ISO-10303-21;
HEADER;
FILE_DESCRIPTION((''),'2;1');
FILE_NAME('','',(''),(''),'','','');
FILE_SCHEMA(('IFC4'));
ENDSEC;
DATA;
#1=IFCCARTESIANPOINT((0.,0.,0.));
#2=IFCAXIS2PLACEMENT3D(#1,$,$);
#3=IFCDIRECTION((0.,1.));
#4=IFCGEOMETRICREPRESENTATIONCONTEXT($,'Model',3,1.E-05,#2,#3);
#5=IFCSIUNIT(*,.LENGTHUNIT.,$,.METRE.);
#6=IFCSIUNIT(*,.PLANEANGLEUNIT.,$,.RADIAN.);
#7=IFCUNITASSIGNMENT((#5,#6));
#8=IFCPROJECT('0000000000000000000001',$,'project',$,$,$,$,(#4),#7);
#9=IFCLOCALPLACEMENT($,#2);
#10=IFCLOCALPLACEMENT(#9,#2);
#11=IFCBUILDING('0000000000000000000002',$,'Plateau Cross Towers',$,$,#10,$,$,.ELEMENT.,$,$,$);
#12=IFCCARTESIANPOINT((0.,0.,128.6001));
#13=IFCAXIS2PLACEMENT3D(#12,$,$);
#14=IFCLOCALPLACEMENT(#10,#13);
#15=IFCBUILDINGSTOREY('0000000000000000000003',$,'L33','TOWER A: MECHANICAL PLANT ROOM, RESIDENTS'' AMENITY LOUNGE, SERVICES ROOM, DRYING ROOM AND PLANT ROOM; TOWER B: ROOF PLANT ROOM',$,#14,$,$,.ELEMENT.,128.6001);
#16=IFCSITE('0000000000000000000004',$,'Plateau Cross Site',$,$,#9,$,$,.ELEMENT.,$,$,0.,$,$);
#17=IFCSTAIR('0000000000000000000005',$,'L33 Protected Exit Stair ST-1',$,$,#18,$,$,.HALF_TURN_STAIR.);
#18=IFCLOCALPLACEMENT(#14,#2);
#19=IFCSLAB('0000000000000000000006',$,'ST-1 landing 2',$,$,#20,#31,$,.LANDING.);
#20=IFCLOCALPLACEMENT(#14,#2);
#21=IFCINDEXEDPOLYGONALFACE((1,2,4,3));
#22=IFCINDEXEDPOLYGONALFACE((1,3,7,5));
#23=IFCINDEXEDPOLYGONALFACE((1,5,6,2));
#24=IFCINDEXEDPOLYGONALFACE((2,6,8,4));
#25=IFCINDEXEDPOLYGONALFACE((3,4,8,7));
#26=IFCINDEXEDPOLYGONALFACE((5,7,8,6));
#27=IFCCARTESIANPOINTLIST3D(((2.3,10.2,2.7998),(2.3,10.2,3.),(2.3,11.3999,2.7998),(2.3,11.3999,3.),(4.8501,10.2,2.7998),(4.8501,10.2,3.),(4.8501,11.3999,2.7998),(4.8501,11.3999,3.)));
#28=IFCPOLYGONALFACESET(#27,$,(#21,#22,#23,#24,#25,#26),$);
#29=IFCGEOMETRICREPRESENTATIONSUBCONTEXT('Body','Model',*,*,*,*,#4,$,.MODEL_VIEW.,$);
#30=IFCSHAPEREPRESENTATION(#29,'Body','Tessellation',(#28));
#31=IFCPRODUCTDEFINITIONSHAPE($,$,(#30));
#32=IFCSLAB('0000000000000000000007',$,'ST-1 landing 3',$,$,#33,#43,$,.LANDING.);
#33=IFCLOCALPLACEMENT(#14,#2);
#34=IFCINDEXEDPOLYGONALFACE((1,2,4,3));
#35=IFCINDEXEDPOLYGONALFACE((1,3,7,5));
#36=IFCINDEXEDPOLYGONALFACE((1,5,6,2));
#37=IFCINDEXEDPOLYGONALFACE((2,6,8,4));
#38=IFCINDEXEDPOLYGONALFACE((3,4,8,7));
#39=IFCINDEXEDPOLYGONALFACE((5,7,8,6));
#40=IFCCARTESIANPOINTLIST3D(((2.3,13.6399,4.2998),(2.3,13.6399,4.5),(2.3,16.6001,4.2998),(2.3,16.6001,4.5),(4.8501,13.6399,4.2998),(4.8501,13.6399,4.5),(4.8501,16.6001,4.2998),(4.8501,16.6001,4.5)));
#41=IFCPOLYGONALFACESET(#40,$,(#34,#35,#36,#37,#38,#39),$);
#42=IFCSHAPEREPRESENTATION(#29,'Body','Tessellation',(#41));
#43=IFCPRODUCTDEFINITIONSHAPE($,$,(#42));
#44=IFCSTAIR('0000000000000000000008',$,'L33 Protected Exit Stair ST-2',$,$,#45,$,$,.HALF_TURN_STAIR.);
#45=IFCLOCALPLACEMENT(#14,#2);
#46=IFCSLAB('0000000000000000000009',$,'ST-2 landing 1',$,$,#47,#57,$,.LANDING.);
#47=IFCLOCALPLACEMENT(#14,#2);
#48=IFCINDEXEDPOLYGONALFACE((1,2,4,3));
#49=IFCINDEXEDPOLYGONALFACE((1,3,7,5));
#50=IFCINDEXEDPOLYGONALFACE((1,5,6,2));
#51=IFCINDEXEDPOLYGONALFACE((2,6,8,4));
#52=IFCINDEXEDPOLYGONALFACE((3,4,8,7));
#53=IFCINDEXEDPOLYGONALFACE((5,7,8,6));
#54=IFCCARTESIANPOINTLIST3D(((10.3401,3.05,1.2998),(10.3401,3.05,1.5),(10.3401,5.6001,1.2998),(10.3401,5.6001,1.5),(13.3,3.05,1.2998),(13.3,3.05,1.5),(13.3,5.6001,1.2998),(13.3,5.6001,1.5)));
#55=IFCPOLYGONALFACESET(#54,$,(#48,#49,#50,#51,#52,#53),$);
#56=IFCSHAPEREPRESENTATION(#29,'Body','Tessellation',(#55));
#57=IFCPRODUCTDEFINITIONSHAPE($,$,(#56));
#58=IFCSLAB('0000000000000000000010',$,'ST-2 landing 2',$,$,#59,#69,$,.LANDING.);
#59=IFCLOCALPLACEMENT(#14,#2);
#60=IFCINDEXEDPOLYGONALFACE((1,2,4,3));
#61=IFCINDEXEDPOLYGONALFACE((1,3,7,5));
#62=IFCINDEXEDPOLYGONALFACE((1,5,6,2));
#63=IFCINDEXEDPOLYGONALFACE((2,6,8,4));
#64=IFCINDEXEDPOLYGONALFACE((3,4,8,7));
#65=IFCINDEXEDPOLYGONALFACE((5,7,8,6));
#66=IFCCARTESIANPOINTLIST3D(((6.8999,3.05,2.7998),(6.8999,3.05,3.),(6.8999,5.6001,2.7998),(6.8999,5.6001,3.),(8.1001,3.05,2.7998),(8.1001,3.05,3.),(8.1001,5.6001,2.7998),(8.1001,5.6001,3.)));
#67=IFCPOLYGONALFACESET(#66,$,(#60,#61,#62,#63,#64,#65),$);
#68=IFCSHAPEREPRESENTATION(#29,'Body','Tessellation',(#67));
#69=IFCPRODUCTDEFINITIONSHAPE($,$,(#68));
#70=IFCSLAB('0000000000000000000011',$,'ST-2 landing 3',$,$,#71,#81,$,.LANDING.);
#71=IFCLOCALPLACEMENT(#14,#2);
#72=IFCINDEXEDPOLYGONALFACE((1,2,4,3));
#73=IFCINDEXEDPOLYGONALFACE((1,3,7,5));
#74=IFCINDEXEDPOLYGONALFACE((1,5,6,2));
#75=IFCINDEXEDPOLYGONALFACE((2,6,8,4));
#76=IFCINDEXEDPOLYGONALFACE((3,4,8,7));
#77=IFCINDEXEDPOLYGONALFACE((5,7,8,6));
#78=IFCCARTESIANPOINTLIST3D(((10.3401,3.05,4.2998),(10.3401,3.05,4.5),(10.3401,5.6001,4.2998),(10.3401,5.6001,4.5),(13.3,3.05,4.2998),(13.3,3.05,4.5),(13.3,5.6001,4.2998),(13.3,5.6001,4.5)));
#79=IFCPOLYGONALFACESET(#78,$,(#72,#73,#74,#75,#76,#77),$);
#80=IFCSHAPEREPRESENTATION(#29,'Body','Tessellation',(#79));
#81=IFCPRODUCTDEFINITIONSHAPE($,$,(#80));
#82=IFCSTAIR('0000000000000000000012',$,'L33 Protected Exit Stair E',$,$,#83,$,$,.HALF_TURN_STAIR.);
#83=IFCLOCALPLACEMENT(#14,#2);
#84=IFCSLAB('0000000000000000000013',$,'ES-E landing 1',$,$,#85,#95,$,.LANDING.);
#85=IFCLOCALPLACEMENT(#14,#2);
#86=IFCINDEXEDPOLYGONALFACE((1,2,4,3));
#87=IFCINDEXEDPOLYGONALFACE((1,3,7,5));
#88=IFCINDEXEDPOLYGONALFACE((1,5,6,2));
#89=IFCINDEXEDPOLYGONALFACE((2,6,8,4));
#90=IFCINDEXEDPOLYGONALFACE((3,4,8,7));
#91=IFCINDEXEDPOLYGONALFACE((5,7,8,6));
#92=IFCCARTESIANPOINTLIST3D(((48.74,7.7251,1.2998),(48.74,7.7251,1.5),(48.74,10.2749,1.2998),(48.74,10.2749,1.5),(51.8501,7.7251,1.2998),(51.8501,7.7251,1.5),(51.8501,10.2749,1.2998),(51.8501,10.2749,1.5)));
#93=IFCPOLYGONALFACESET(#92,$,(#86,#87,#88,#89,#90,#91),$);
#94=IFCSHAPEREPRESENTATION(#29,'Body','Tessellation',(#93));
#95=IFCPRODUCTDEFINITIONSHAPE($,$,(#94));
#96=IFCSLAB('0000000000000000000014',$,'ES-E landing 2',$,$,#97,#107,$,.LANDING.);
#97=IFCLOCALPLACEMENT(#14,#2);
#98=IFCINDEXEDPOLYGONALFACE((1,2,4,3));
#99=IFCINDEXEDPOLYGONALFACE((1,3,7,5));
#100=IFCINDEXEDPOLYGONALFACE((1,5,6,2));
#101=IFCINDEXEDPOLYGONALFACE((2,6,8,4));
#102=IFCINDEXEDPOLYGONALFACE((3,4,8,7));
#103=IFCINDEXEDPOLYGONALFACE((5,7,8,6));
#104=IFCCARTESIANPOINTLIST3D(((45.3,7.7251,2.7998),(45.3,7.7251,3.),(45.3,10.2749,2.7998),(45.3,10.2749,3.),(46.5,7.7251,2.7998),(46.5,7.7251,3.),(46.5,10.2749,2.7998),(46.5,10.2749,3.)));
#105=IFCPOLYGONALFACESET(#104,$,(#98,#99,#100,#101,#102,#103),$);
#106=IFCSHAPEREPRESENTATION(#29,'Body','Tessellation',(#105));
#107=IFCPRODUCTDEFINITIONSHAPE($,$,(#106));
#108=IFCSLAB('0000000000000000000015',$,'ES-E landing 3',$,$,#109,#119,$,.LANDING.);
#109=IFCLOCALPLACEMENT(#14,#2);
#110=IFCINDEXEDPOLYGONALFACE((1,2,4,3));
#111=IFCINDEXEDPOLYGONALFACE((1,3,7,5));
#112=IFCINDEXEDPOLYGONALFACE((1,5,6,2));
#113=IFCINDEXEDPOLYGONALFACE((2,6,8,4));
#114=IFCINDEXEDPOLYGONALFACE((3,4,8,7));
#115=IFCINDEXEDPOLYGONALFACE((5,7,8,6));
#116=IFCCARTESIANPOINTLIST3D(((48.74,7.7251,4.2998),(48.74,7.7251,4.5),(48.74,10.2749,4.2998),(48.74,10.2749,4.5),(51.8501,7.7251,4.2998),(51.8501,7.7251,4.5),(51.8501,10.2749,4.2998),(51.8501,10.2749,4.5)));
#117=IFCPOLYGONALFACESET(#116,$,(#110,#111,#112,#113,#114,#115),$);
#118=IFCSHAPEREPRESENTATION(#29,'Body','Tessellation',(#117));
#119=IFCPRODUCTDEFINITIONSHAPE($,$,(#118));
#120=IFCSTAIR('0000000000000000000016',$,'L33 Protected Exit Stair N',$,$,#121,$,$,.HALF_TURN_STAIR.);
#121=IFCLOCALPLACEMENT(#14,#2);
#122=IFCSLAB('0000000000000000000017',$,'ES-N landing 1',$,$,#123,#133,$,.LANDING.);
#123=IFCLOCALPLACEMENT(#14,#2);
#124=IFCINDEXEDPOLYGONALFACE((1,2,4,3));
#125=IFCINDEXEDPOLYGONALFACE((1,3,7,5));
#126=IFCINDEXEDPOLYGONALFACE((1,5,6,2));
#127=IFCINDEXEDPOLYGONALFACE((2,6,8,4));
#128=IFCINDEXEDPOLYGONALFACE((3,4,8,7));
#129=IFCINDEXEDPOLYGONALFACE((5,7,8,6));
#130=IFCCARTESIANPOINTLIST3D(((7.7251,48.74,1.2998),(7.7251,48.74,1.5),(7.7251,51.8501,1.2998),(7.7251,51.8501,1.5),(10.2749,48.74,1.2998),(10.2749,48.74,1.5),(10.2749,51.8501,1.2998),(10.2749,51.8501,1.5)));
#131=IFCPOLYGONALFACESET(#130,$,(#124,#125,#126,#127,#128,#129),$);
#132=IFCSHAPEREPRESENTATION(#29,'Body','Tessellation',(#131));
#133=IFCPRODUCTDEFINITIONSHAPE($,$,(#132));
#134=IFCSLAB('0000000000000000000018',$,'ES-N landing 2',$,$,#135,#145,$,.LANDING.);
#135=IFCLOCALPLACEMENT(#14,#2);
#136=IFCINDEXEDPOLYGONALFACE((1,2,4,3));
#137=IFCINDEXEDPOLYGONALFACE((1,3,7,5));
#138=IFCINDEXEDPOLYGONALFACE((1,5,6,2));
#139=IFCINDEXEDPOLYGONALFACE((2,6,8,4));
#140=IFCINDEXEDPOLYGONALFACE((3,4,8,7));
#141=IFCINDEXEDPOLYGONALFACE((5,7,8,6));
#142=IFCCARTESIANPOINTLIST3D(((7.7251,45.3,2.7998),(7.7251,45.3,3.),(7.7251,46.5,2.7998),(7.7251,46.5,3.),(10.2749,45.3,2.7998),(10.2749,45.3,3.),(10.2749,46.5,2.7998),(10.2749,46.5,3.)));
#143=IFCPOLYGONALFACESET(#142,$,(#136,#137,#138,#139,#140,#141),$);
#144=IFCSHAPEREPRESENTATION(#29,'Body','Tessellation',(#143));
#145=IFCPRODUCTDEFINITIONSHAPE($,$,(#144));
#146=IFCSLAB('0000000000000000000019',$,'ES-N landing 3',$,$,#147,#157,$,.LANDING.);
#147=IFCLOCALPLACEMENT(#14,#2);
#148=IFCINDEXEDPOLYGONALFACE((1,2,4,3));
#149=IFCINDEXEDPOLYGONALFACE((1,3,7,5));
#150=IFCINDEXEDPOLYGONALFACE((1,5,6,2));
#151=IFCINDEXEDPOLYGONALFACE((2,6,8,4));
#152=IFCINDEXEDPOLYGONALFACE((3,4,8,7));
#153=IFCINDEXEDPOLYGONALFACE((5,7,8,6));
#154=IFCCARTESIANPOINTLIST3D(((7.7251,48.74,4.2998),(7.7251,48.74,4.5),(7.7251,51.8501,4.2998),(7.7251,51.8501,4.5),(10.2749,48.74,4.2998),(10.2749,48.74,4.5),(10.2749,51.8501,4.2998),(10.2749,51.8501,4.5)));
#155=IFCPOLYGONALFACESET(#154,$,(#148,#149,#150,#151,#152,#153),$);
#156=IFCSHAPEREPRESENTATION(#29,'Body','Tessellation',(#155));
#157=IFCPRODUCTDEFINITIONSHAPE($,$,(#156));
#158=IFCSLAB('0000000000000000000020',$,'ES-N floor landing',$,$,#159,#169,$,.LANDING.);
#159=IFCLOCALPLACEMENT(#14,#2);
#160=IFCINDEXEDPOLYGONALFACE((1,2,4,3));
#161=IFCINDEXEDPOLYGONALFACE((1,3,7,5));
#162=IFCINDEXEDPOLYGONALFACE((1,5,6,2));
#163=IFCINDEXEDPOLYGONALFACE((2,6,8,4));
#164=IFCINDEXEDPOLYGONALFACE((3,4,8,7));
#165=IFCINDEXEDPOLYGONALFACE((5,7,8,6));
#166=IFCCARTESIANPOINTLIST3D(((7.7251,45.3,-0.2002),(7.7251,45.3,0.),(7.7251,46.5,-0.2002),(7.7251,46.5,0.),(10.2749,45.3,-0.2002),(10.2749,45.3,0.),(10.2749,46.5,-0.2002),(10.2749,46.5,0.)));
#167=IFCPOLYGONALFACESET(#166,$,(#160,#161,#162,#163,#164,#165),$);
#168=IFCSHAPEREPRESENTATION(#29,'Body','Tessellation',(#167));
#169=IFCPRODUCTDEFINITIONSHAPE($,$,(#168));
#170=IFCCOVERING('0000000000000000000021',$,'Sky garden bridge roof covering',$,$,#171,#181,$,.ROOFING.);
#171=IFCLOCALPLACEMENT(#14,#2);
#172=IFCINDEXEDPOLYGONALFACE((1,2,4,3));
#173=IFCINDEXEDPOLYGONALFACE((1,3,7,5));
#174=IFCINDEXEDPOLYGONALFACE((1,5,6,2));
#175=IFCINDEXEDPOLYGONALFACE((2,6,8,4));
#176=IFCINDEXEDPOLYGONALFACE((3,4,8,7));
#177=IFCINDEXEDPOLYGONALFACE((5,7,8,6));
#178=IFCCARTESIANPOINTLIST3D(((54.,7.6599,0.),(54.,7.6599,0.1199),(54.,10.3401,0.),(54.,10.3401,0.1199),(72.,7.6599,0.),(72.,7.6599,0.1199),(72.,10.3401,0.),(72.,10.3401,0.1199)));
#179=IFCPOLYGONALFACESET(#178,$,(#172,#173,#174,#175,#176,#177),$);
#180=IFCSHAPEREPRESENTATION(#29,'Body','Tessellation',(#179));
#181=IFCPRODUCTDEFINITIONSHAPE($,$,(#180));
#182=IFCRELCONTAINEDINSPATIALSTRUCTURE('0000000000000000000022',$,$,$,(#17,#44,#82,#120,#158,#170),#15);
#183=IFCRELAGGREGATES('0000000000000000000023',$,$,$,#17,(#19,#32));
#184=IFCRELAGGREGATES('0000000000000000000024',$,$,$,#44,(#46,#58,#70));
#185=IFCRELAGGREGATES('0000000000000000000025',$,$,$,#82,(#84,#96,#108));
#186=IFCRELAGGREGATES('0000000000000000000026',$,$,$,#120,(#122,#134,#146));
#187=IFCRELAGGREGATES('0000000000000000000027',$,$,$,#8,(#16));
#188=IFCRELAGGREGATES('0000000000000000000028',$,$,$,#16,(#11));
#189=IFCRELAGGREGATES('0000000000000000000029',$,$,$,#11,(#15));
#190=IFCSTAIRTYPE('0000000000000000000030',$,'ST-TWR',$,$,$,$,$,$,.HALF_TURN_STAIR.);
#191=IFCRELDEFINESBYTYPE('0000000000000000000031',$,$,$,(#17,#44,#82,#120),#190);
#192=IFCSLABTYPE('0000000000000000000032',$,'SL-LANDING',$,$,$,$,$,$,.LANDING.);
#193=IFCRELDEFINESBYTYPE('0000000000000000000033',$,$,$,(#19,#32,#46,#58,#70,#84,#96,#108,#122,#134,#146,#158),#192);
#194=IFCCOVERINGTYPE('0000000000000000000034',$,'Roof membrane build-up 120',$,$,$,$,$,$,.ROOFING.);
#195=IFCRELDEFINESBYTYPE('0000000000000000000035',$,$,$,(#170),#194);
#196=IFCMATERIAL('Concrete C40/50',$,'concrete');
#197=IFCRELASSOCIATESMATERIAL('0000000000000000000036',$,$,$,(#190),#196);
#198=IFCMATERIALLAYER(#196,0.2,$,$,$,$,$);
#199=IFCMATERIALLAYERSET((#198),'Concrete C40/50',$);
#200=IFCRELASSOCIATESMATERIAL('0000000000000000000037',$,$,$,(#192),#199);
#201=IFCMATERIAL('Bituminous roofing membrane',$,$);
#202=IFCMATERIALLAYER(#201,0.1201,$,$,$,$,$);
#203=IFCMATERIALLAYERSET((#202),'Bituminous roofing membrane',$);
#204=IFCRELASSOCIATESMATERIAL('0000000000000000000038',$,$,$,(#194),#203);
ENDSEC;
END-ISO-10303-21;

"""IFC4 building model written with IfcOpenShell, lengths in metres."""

from ifc_helpers import new_model, si_unit, direction, frame, origin, place, context, subcontext, project, spatial, polyline, outline, extrude, material, layer, layer_set, type_object, element, aggregate, save


model = new_model("IFC4")

# Units and contexts
model_context = context("Model", 3, precision=1e-05, world=origin(), true_north=direction((0.0, 1.0)))
body_context = subcontext(model_context, "Body", "Model", "MODEL_VIEW")
ifc_project = project(units=[si_unit("LENGTHUNIT", "METRE"), si_unit("PLANEANGLEUNIT", "RADIAN")], contexts=[model_context])

# Site, building, storey
site_placement = place(None, origin())
site = spatial("IfcSite", under=ifc_project, at=site_placement, Name="Plateau Cross Site", CompositionType="ELEMENT", RefElevation=0.0)
building_placement = place(site_placement, origin())
building = spatial("IfcBuilding", under=site, at=building_placement, Name="Plateau Cross Towers", CompositionType="ELEMENT")
storey_placement = place(building_placement, frame((0.0, 0.0, 128.6001)))
storey = spatial("IfcBuildingStorey", under=building, at=storey_placement, Name="L33", Description="TOWER A: MECHANICAL PLANT ROOM, RESIDENTS' AMENITY LOUNGE, SERVICES ROOM, DRYING ROOM AND PLANT ROOM; TOWER B: ROOF PLANT ROOM", CompositionType="ELEMENT", Elevation=128.6001)

# Shared definitions
ifc_material_1 = material(Name="Concrete C40/50", Category="concrete")

# Stairs, slabs
stair_type = type_object("IfcStairType", Name="ST-TWR", PredefinedType="HALF_TURN_STAIR", material=ifc_material_1)
stair_1_placement = place(storey_placement, origin())
stair_1 = element("IfcStair", 1, at=stair_1_placement, inside=storey, type_object=stair_type, Name="L33 Protected Exit Stair ST-1", PredefinedType="HALF_TURN_STAIR")
ifc_layer_1 = layer(ifc_material_1, 0.2)
ifc_layer_set_1 = layer_set([ifc_layer_1], Name="Concrete C40/50")
slab_type_1 = type_object("IfcSlabType", Name="SL-LANDING", PredefinedType="LANDING", material=ifc_layer_set_1)
slab_1_placement = place(storey_placement, frame((0.0, 0.0, 2.7998)))
slab_1 = element("IfcSlab", 2, at=slab_1_placement, type_object=slab_type_1, Name="ST-1 landing 2", PredefinedType="LANDING", context=body_context, shape_type="SweptSolid", body=[
    extrude(outline(polyline([(4.8501, 10.2), (4.8501, 11.3999), (2.3, 11.3999), (2.3, 10.2), (4.8501, 10.2)])), origin(), (0.0, 0.0, 1.0), 0.2002),
])
slab_2_placement = place(storey_placement, frame((0.0, 0.0, 4.2998)))
slab_2 = element("IfcSlab", 3, at=slab_2_placement, type_object=slab_type_1, Name="ST-1 landing 3", PredefinedType="LANDING", context=body_context, shape_type="SweptSolid", body=[
    extrude(outline(polyline([(4.8501, 13.6399), (4.8501, 16.6001), (2.3, 16.6001), (2.3, 13.6399), (4.8501, 13.6399)])), origin(), (0.0, 0.0, 1.0), 0.2002),
])
aggregate(stair_1, [slab_1, slab_2])
stair_2_placement = place(storey_placement, origin())
stair_2 = element("IfcStair", 4, at=stair_2_placement, inside=storey, type_object=stair_type, Name="L33 Protected Exit Stair ST-2", PredefinedType="HALF_TURN_STAIR")
slab_3_placement = place(storey_placement, frame((0.0, 0.0, 1.2998)))
slab_3 = element("IfcSlab", 5, at=slab_3_placement, type_object=slab_type_1, Name="ST-2 landing 1", PredefinedType="LANDING", context=body_context, shape_type="SweptSolid", body=[
    extrude(outline(polyline([(10.3401, 3.05), (13.3, 3.05), (13.3, 5.6001), (10.3401, 5.6001), (10.3401, 3.05)])), origin(), (0.0, 0.0, 1.0), 0.2002),
])
slab_4_placement = place(storey_placement, frame((0.0, 0.0, 2.7998)))
slab_4 = element("IfcSlab", 6, at=slab_4_placement, type_object=slab_type_1, Name="ST-2 landing 2", PredefinedType="LANDING", context=body_context, shape_type="SweptSolid", body=[
    extrude(outline(polyline([(6.8999, 3.05), (8.1001, 3.05), (8.1001, 5.6001), (6.8999, 5.6001), (6.8999, 3.05)])), origin(), (0.0, 0.0, 1.0), 0.2002),
])
slab_5_placement = place(storey_placement, frame((0.0, 0.0, 4.2998)))
slab_5 = element("IfcSlab", 7, at=slab_5_placement, type_object=slab_type_1, Name="ST-2 landing 3", PredefinedType="LANDING", context=body_context, shape_type="SweptSolid", body=[
    extrude(outline(polyline([(10.3401, 3.05), (13.3, 3.05), (13.3, 5.6001), (10.3401, 5.6001), (10.3401, 3.05)])), origin(), (0.0, 0.0, 1.0), 0.2002),
])
aggregate(stair_2, [slab_3, slab_4, slab_5])
stair_3_placement = place(storey_placement, origin())
stair_3 = element("IfcStair", 8, at=stair_3_placement, inside=storey, type_object=stair_type, Name="L33 Protected Exit Stair E", PredefinedType="HALF_TURN_STAIR")
slab_6_placement = place(storey_placement, frame((0.0, 0.0, 1.2998)))
slab_6 = element("IfcSlab", 9, at=slab_6_placement, type_object=slab_type_1, Name="ES-E landing 1", PredefinedType="LANDING", context=body_context, shape_type="SweptSolid", body=[
    extrude(outline(polyline([(48.74, 7.7251), (51.8501, 7.7251), (51.8501, 10.2749), (48.74, 10.2749), (48.74, 7.7251)])), origin(), (0.0, 0.0, 1.0), 0.2002),
])
slab_7_placement = place(storey_placement, frame((0.0, 0.0, 2.7998)))
slab_7 = element("IfcSlab", 10, at=slab_7_placement, type_object=slab_type_1, Name="ES-E landing 2", PredefinedType="LANDING", context=body_context, shape_type="SweptSolid", body=[
    extrude(outline(polyline([(45.3, 7.7251), (46.5, 7.7251), (46.5, 10.2749), (45.3, 10.2749), (45.3, 7.7251)])), origin(), (0.0, 0.0, 1.0), 0.2002),
])
slab_8_placement = place(storey_placement, frame((0.0, 0.0, 4.2998)))
slab_8 = element("IfcSlab", 11, at=slab_8_placement, type_object=slab_type_1, Name="ES-E landing 3", PredefinedType="LANDING", context=body_context, shape_type="SweptSolid", body=[
    extrude(outline(polyline([(48.74, 7.7251), (51.8501, 7.7251), (51.8501, 10.2749), (48.74, 10.2749), (48.74, 7.7251)])), origin(), (0.0, 0.0, 1.0), 0.2002),
])
aggregate(stair_3, [slab_6, slab_7, slab_8])
stair_4_placement = place(storey_placement, origin())
stair_4 = element("IfcStair", 12, at=stair_4_placement, inside=storey, type_object=stair_type, Name="L33 Protected Exit Stair N", PredefinedType="HALF_TURN_STAIR")
slab_9_placement = place(storey_placement, frame((0.0, 0.0, 1.2998)))
slab_9 = element("IfcSlab", 13, at=slab_9_placement, type_object=slab_type_1, Name="ES-N landing 1", PredefinedType="LANDING", context=body_context, shape_type="SweptSolid", body=[
    extrude(outline(polyline([(10.2749, 48.74), (10.2749, 51.8501), (7.7251, 51.8501), (7.7251, 48.74), (10.2749, 48.74)])), origin(), (0.0, 0.0, 1.0), 0.2002),
])
slab_10_placement = place(storey_placement, frame((0.0, 0.0, 2.7998)))
slab_10 = element("IfcSlab", 14, at=slab_10_placement, type_object=slab_type_1, Name="ES-N landing 2", PredefinedType="LANDING", context=body_context, shape_type="SweptSolid", body=[
    extrude(outline(polyline([(10.2749, 45.3), (10.2749, 46.5), (7.7251, 46.5), (7.7251, 45.3), (10.2749, 45.3)])), origin(), (0.0, 0.0, 1.0), 0.2002),
])
slab_11_placement = place(storey_placement, frame((0.0, 0.0, 4.2998)))
slab_11 = element("IfcSlab", 15, at=slab_11_placement, type_object=slab_type_1, Name="ES-N landing 3", PredefinedType="LANDING", context=body_context, shape_type="SweptSolid", body=[
    extrude(outline(polyline([(10.2749, 48.74), (10.2749, 51.8501), (7.7251, 51.8501), (7.7251, 48.74), (10.2749, 48.74)])), origin(), (0.0, 0.0, 1.0), 0.2002),
])
aggregate(stair_4, [slab_9, slab_10, slab_11])

# Slab
slab_12_placement = place(storey_placement, frame((0.0, 0.0, -0.2002)))
element("IfcSlab", 16, at=slab_12_placement, inside=storey, type_object=slab_type_1, Name="ES-N floor landing", PredefinedType="LANDING", context=body_context, shape_type="SweptSolid", body=[
    extrude(outline(polyline([(10.2749, 45.3), (10.2749, 46.5), (7.7251, 46.5), (7.7251, 45.3), (10.2749, 45.3)])), origin(), (0.0, 0.0, 1.0), 0.2002),
])

# Covering
ifc_material_2 = material(Name="Bituminous roofing membrane")
ifc_layer_2 = layer(ifc_material_2, 0.1201)
ifc_layer_set_2 = layer_set([ifc_layer_2], Name="Bituminous roofing membrane")
covering_type = type_object("IfcCoveringType", Name="Roof membrane build-up 120", PredefinedType="ROOFING", material=ifc_layer_set_2)
covering_1_placement = place(storey_placement, origin())
element("IfcCovering", 17, at=covering_1_placement, inside=storey, type_object=covering_type, Name="Sky garden bridge roof covering", PredefinedType="ROOFING", context=body_context, shape_type="SweptSolid", body=[
    extrude(outline(polyline([(54.0, 7.6599), (72.0, 7.6599), (72.0, 10.3401), (54.0, 10.3401), (54.0, 7.6599)])), origin(), (0.0, 0.0, 1.0), 0.1199),
])

save(model, "model.ifc")
